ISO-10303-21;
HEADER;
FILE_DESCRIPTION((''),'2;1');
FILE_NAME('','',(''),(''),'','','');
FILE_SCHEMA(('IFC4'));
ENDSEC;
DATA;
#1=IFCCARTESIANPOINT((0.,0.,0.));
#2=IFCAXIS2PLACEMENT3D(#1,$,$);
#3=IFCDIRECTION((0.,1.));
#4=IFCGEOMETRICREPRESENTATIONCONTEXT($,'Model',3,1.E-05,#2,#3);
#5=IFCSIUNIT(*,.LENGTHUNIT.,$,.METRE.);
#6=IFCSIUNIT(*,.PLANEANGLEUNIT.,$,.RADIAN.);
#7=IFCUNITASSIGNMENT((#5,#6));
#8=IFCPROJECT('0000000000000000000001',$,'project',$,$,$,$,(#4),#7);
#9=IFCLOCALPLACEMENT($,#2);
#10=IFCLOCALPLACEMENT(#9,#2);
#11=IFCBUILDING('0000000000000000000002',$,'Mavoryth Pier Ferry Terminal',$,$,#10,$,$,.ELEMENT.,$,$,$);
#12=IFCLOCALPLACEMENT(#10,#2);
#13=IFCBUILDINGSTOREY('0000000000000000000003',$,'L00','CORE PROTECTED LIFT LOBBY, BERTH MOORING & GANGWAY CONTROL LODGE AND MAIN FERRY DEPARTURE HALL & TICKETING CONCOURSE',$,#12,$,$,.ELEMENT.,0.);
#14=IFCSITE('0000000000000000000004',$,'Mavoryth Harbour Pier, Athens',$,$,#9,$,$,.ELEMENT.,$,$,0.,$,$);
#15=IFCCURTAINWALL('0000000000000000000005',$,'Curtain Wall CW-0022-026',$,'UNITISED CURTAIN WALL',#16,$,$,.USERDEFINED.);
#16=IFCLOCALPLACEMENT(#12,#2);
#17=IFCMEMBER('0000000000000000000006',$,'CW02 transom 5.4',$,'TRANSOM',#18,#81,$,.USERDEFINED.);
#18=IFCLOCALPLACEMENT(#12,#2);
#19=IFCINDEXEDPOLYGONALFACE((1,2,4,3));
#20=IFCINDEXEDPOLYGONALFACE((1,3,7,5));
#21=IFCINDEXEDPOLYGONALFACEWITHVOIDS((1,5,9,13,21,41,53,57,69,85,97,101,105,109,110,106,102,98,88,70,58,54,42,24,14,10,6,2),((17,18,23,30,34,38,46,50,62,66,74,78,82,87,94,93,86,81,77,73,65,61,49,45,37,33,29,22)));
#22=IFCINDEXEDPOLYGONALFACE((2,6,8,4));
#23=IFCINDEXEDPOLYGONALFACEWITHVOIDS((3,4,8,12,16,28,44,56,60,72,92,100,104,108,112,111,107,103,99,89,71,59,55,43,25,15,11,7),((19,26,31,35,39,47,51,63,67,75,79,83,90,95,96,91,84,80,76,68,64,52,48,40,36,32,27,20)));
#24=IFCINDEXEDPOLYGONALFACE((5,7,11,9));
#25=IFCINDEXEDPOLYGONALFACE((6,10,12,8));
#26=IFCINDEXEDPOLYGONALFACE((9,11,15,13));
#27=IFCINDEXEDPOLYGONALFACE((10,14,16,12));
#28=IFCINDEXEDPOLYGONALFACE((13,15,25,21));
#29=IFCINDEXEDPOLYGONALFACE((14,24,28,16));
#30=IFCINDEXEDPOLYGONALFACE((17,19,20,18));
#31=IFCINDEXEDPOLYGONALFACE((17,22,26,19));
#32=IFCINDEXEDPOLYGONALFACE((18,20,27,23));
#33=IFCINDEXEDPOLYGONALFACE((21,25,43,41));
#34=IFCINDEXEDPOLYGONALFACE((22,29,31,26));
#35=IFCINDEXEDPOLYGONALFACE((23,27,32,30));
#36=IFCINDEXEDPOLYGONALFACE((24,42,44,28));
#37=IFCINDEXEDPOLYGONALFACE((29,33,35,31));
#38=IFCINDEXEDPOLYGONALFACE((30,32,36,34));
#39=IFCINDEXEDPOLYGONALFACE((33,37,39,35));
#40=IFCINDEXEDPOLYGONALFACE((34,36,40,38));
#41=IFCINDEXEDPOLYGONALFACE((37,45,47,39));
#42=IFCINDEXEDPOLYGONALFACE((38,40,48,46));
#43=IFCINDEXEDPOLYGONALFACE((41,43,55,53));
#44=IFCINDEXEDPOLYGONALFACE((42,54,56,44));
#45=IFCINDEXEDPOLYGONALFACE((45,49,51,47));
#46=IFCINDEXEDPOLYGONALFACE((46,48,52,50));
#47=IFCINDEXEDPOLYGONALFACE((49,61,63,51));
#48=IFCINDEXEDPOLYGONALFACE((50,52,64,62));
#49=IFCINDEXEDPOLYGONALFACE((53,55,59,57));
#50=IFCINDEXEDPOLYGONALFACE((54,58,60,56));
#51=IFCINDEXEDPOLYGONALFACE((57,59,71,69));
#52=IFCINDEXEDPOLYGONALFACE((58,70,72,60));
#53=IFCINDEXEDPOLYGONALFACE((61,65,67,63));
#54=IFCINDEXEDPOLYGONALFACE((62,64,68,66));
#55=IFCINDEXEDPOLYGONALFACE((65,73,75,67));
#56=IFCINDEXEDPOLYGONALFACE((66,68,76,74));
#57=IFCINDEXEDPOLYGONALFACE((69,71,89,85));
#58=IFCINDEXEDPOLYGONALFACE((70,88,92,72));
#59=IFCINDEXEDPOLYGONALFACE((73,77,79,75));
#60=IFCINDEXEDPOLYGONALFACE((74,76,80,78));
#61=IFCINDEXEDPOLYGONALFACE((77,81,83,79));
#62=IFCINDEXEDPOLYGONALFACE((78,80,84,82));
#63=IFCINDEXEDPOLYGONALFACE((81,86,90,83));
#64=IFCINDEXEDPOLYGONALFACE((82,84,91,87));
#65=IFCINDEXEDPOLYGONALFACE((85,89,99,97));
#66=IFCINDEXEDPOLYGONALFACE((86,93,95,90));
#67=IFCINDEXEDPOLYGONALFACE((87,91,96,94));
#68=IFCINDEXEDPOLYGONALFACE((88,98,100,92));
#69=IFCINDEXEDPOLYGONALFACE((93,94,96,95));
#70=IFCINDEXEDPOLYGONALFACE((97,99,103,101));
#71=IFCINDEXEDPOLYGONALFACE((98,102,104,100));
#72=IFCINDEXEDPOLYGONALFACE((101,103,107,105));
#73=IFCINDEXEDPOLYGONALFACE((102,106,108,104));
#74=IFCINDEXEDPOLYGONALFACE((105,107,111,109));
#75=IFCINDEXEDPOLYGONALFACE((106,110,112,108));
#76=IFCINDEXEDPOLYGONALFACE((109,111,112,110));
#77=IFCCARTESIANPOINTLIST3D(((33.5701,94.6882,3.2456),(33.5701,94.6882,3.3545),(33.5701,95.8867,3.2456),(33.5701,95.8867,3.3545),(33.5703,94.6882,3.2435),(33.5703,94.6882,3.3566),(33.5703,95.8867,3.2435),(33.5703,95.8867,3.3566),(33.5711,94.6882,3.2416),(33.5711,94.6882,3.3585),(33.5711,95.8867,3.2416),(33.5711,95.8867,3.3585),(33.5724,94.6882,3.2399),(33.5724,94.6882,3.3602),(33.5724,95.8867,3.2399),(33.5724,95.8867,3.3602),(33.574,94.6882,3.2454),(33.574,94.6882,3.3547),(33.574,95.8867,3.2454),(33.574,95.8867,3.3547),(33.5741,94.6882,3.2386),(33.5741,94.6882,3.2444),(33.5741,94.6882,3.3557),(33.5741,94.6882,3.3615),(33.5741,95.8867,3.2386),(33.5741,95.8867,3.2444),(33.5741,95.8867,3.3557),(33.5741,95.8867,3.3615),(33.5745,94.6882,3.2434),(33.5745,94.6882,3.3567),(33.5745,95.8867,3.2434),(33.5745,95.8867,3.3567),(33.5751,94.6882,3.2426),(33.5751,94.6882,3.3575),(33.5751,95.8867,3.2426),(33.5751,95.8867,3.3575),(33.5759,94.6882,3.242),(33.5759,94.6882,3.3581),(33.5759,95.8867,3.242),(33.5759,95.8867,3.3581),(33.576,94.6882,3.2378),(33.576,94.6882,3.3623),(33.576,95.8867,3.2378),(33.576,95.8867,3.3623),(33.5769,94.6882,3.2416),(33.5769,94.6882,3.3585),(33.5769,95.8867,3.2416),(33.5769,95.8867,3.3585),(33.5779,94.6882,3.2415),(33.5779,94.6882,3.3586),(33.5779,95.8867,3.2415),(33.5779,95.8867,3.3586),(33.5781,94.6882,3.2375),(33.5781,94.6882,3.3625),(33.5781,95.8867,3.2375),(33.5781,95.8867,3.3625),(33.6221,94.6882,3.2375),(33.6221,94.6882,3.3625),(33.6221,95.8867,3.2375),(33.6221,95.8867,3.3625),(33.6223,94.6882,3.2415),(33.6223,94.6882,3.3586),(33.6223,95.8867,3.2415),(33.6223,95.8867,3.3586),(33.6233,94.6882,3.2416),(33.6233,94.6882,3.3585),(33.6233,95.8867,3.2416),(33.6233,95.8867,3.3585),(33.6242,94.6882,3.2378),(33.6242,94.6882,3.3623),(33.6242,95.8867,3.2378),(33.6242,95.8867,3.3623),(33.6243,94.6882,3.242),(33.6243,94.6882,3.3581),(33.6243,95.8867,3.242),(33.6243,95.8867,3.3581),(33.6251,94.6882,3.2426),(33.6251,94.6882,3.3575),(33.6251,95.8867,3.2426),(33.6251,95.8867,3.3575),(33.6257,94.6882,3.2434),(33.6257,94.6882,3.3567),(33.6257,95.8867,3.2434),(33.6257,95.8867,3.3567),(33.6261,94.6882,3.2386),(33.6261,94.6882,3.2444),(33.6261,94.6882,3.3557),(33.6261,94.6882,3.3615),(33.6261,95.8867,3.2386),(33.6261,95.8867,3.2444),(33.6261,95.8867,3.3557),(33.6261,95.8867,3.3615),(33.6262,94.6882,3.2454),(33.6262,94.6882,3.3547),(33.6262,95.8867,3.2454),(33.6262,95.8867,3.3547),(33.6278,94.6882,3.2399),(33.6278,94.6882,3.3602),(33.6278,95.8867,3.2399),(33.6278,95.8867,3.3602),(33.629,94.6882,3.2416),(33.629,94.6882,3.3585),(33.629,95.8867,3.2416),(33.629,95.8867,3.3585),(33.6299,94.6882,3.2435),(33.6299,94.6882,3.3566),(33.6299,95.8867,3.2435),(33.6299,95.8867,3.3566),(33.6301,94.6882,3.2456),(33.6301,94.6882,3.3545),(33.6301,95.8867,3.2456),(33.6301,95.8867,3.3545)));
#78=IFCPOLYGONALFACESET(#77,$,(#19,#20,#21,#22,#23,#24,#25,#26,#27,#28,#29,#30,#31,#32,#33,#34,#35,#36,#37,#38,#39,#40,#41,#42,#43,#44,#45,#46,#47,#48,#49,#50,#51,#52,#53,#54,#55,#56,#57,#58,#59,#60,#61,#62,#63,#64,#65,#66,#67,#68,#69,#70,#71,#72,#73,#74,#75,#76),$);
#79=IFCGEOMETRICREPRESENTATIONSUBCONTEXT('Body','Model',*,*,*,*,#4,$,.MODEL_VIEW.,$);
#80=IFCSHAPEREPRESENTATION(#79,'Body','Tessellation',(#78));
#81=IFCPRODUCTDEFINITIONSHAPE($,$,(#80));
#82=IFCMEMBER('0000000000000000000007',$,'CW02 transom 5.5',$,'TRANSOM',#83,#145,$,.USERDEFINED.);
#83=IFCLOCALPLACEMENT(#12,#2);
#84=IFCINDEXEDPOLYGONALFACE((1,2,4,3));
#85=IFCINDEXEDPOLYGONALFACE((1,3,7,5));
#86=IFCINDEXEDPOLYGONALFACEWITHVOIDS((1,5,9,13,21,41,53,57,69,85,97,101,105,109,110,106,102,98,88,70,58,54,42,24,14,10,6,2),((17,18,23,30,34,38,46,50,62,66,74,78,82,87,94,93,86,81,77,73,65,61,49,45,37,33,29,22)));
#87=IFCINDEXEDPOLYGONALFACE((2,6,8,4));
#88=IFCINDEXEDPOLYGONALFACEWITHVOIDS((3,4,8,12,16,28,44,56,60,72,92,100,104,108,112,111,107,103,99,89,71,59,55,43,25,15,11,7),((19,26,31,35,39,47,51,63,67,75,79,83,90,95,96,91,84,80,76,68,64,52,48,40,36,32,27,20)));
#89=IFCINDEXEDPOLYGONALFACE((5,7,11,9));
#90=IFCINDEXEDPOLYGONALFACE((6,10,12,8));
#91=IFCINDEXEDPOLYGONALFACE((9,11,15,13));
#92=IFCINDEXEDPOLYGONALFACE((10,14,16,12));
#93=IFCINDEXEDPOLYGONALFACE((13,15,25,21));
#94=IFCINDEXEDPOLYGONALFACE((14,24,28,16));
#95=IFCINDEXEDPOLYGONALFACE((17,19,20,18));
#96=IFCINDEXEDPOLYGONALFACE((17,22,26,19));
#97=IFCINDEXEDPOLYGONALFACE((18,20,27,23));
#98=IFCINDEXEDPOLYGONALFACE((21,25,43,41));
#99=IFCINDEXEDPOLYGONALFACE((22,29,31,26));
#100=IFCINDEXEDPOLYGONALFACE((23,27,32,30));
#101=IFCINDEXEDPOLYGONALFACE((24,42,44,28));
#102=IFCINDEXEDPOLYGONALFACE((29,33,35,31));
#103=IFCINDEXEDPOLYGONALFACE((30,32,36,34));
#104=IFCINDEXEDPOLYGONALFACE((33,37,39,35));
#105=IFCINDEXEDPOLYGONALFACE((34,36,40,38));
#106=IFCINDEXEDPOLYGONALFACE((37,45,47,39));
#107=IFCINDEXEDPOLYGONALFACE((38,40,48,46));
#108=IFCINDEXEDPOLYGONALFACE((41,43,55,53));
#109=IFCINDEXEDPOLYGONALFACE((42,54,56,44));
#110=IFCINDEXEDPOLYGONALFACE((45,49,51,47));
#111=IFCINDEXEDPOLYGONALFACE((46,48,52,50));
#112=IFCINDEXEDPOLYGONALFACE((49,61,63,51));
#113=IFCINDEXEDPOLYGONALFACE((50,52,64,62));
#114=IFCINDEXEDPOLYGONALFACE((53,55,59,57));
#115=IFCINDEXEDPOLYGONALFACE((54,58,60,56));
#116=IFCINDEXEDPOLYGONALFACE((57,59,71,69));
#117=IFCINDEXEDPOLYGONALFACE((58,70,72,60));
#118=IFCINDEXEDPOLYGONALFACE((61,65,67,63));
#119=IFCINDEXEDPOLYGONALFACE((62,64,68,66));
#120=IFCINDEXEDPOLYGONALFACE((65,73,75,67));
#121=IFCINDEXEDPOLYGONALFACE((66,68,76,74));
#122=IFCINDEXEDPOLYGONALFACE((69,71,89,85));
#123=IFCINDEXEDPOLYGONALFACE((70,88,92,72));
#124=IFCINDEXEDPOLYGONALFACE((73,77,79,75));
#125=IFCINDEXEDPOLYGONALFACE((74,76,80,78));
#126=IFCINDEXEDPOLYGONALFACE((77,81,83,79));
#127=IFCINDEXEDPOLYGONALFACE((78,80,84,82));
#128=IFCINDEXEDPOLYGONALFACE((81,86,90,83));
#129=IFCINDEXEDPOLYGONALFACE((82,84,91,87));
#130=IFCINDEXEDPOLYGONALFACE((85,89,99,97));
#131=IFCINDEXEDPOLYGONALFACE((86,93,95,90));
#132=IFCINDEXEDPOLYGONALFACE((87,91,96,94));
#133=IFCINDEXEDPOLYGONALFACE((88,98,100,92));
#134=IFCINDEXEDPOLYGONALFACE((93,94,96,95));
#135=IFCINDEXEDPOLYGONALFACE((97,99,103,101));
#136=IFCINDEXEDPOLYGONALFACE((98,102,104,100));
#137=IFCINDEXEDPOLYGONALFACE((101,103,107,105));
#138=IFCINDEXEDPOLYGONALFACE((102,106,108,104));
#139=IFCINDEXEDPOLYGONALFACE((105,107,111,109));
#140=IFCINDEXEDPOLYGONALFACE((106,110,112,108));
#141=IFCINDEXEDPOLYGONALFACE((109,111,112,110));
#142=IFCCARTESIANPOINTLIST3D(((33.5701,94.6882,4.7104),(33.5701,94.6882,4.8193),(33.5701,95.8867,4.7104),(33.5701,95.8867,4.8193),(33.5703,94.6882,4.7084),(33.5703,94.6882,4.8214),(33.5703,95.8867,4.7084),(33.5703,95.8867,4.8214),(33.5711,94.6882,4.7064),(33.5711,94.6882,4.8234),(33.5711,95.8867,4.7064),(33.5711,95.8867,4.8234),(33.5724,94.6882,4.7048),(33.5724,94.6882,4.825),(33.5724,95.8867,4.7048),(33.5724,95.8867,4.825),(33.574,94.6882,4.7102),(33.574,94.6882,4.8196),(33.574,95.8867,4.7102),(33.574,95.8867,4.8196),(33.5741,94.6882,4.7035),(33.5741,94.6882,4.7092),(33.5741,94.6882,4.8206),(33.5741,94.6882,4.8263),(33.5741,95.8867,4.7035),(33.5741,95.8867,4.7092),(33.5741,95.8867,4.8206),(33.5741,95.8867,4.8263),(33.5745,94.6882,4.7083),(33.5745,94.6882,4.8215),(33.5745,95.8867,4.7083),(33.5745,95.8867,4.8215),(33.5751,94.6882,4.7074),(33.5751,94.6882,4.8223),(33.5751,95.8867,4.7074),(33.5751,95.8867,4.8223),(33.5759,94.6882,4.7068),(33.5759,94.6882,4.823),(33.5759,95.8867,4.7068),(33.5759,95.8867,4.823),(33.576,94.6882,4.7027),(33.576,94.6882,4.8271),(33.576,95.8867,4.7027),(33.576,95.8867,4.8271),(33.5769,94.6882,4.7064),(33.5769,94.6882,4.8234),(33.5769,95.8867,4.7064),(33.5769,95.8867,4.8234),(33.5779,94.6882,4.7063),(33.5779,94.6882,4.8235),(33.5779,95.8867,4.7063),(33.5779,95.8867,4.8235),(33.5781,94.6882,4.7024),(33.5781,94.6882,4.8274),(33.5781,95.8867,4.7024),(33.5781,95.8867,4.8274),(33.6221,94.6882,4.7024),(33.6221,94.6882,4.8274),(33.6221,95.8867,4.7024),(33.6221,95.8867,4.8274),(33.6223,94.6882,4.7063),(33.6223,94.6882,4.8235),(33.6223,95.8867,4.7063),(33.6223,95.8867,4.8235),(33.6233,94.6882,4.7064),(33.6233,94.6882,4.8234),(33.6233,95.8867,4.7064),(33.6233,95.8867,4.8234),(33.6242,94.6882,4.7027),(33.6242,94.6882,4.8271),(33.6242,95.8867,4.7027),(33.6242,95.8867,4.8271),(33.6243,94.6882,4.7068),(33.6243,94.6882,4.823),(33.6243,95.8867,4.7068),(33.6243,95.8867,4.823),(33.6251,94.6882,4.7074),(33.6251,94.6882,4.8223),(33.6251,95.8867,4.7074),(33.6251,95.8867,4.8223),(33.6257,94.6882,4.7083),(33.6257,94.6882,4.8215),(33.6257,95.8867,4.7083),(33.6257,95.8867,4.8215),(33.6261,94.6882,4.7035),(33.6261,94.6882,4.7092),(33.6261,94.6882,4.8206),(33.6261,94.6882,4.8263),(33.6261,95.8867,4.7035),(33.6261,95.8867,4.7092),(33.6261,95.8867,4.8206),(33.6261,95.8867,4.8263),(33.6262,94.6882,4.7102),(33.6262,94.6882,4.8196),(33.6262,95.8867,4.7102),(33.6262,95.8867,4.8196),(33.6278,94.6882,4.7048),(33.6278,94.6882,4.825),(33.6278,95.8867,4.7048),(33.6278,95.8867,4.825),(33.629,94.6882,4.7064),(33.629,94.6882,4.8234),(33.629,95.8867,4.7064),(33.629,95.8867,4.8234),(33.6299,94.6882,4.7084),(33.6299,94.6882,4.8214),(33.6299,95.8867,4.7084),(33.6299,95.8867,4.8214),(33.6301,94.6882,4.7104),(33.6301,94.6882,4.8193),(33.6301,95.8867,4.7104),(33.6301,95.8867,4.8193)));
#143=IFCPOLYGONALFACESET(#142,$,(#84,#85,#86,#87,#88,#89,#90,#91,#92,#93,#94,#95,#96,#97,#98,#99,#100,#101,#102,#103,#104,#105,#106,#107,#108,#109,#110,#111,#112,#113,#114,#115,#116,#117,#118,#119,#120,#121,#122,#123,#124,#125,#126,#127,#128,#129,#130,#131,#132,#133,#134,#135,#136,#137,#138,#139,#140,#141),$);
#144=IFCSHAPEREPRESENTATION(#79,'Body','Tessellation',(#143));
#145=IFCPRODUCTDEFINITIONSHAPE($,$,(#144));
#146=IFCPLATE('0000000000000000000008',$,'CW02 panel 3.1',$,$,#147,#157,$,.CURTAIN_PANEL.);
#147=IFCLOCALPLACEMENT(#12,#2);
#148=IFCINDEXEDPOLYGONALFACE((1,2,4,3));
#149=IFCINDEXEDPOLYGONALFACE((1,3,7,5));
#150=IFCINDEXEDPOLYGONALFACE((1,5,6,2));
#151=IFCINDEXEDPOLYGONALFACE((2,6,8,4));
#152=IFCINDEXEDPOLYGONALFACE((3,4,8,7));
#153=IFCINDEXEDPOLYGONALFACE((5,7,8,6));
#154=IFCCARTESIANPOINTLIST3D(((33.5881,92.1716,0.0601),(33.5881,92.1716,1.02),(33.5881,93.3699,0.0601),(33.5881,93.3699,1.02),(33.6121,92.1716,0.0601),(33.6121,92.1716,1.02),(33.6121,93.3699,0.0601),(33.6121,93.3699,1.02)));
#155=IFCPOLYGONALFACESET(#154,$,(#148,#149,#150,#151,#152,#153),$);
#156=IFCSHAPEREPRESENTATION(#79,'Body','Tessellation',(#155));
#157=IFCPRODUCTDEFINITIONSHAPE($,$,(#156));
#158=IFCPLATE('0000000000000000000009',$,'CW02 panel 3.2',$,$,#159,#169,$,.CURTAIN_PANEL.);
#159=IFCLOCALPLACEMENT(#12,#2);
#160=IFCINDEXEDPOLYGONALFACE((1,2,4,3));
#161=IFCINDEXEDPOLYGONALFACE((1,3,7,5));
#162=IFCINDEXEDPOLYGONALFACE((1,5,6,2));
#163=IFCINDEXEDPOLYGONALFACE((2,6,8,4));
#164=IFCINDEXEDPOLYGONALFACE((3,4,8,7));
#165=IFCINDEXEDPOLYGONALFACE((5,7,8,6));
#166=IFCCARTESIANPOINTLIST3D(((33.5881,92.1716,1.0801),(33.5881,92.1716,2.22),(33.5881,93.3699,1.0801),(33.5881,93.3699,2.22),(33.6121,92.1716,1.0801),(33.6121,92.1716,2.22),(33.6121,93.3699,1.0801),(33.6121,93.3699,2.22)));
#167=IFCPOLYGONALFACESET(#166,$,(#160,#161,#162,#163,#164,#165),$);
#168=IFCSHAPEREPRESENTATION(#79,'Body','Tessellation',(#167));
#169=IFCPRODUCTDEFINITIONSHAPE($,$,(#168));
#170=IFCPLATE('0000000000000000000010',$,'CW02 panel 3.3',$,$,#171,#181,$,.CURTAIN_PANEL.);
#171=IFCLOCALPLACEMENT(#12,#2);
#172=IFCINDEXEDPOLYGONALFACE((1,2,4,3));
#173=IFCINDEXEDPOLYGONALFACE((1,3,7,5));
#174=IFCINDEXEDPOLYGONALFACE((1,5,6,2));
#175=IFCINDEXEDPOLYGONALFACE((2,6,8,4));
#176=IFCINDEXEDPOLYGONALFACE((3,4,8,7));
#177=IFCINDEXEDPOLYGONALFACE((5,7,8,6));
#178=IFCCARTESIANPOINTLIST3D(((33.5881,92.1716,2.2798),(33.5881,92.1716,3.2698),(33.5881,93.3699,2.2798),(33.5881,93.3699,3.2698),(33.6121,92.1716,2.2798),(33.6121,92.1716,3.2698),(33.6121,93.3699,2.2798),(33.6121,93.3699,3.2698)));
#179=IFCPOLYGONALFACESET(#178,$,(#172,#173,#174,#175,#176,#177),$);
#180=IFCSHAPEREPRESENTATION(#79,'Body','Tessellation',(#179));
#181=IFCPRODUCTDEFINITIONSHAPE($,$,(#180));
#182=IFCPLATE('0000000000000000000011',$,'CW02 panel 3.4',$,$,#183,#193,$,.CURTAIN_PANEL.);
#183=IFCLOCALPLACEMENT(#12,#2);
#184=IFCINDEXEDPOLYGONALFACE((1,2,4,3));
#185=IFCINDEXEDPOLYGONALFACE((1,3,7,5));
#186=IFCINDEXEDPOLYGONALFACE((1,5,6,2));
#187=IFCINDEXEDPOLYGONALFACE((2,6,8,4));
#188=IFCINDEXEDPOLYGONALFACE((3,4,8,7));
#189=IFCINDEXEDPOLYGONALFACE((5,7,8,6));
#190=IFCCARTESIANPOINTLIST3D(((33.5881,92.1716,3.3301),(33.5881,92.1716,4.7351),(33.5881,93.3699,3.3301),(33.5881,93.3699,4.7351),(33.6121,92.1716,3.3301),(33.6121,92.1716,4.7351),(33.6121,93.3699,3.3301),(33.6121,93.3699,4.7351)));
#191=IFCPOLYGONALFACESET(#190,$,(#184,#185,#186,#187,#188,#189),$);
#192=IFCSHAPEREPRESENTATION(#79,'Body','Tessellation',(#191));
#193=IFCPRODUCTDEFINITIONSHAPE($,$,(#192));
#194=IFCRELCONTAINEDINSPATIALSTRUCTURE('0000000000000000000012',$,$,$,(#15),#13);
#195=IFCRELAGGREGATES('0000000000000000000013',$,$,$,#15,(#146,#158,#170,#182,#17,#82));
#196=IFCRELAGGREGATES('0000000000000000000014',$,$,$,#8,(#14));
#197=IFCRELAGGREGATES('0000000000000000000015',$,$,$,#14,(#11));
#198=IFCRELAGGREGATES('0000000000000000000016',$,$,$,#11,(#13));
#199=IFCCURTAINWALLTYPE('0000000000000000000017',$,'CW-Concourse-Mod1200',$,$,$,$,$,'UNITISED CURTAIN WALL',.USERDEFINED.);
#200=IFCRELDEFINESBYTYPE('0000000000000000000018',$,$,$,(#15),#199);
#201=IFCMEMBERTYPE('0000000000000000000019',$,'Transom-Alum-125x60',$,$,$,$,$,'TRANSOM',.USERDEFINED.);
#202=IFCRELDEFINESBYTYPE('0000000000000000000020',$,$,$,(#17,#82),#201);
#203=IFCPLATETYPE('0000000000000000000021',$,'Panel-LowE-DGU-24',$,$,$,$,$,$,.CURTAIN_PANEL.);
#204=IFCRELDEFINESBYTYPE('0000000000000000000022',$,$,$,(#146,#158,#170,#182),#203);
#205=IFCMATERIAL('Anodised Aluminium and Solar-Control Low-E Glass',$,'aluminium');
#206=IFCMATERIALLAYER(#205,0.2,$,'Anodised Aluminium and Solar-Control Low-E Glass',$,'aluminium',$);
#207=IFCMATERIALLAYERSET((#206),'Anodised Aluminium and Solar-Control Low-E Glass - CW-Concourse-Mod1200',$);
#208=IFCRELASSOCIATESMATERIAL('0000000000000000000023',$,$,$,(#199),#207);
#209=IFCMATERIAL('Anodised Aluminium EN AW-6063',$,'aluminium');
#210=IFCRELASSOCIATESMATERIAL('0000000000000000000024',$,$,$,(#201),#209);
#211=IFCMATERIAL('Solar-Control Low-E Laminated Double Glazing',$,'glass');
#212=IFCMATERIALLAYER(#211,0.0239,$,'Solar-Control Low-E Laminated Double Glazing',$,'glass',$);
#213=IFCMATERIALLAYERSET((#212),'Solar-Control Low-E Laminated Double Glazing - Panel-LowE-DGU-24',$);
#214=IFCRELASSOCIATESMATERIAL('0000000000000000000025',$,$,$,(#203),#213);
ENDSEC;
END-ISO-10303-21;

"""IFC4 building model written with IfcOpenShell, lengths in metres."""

from ifc_helpers import new_model, si_unit, direction, frame, origin, origin_2d, place, context, subcontext, project, spatial, rectangle, hollow_rectangle, extrude, material, layer, layer_set, material_profile, profile_set, type_object, element, aggregate, save


model = new_model("IFC4")

# Units and contexts
model_context = context("Model", 3, precision=1e-05, world=origin(), true_north=direction((0.0, 1.0)))
body_context = subcontext(model_context, "Body", "Model", "MODEL_VIEW")
ifc_project = project(units=[si_unit("LENGTHUNIT", "METRE"), si_unit("PLANEANGLEUNIT", "RADIAN")], contexts=[model_context])

# Site, building, storey
site_placement = place(None, origin())
site = spatial("IfcSite", under=ifc_project, at=site_placement, Name="Mavoryth Harbour Pier, Athens", CompositionType="ELEMENT", RefElevation=0.0)
building_placement = place(site_placement, origin())
building = spatial("IfcBuilding", under=site, at=building_placement, Name="Mavoryth Pier Ferry Terminal", CompositionType="ELEMENT")
storey_placement = place(building_placement, origin())
storey = spatial("IfcBuildingStorey", under=building, at=storey_placement, Name="L00", Description="CORE PROTECTED LIFT LOBBY, BERTH MOORING & GANGWAY CONTROL LODGE AND MAIN FERRY DEPARTURE HALL & TICKETING CONCOURSE", CompositionType="ELEMENT", Elevation=0.0)

# Curtain wall, members, plates
ifc_material_1 = material(Name="Anodised Aluminium and Solar-Control Low-E Glass", Category="aluminium")
ifc_layer_1 = layer(ifc_material_1, 0.2, Name="Anodised Aluminium and Solar-Control Low-E Glass", Category="aluminium")
ifc_layer_set_1 = layer_set([ifc_layer_1], Name="Anodised Aluminium and Solar-Control Low-E Glass - CW-Concourse-Mod1200")
curtain_wall_type = type_object("IfcCurtainWallType", Name="CW-Concourse-Mod1200", ElementType="UNITISED CURTAIN WALL", PredefinedType="USERDEFINED", material=ifc_layer_set_1)
curtain_wall_placement = place(storey_placement, origin())
curtain_wall = element("IfcCurtainWall", 1, at=curtain_wall_placement, inside=storey, type_object=curtain_wall_type, Name="Curtain Wall CW-0022-026", ObjectType="UNITISED CURTAIN WALL", PredefinedType="USERDEFINED")
ifc_material_2 = material(Name="Anodised Aluminium EN AW-6063", Category="aluminium")
ifc_material_profile_1 = material_profile(ifc_material_2, hollow_rectangle(XDim=0.0601, YDim=0.125, WallThickness=0.0039, InnerFilletRadius=0.0039, OuterFilletRadius=0.0081, at=origin_2d()), Name="AL-TRAN 125x60x4", Category="aluminium")
ifc_profile_set_1 = profile_set([ifc_material_profile_1], Name="Anodised Aluminium EN AW-6063 - AL-TRAN 125x60x4")
member_type_1 = type_object("IfcMemberType", Name="Transom-Alum-125x60", ElementType="TRANSOM", PredefinedType="USERDEFINED", material=ifc_profile_set_1)
member_1_placement = place(storey_placement, frame((33.6001, 94.6882, 3.3), z_axis=(0.0, 1.0, 0.0), x_axis=(-1.0, 0.0, 0.0)))
member_1 = element("IfcMember", 2, at=member_1_placement, type_object=member_type_1, Name="CW02 transom 5.4", ObjectType="TRANSOM", PredefinedType="USERDEFINED", context=body_context, shape_type="SweptSolid", body=[
    extrude(hollow_rectangle(XDim=0.0601, YDim=0.125, WallThickness=0.0039, InnerFilletRadius=0.0039, OuterFilletRadius=0.0081, at=origin_2d()), origin(), (0.0, 0.0, 1.0), 1.1985),
])
member_2_placement = place(storey_placement, frame((33.6001, 94.6882, 4.7649), z_axis=(0.0, 1.0, 0.0), x_axis=(-1.0, 0.0, 0.0)))
member_2 = element("IfcMember", 3, at=member_2_placement, type_object=member_type_1, Name="CW02 transom 5.5", ObjectType="TRANSOM", PredefinedType="USERDEFINED", context=body_context, shape_type="SweptSolid", body=[
    extrude(hollow_rectangle(XDim=0.0601, YDim=0.125, WallThickness=0.0039, InnerFilletRadius=0.0039, OuterFilletRadius=0.0081, at=origin_2d()), origin(), (0.0, 0.0, 1.0), 1.1985),
])
ifc_material_3 = material(Name="Solar-Control Low-E Laminated Double Glazing", Category="glass")
ifc_layer_2 = layer(ifc_material_3, 0.0239, Name="Solar-Control Low-E Laminated Double Glazing", Category="glass")
ifc_layer_set_2 = layer_set([ifc_layer_2], Name="Solar-Control Low-E Laminated Double Glazing - Panel-LowE-DGU-24")
plate_type = type_object("IfcPlateType", Name="Panel-LowE-DGU-24", PredefinedType="CURTAIN_PANEL", material=ifc_layer_set_2)
plate_1_placement = place(storey_placement, frame((33.6001, 92.7708, 0.0601), z_axis=(0.0, 0.0, 1.0), x_axis=(0.0, 1.0, 0.0)))
plate_1 = element("IfcPlate", 4, at=plate_1_placement, type_object=plate_type, Name="CW02 panel 3.1", PredefinedType="CURTAIN_PANEL", context=body_context, shape_type="SweptSolid", body=[
    extrude(rectangle(XDim=1.1982, YDim=0.0239, at=origin_2d()), origin(), (0.0, 0.0, 1.0), 0.96),
])
plate_2_placement = place(storey_placement, frame((33.6001, 92.7708, 1.0801), z_axis=(0.0, 0.0, 1.0), x_axis=(0.0, 1.0, 0.0)))
plate_2 = element("IfcPlate", 5, at=plate_2_placement, type_object=plate_type, Name="CW02 panel 3.2", PredefinedType="CURTAIN_PANEL", context=body_context, shape_type="SweptSolid", body=[
    extrude(rectangle(XDim=1.1982, YDim=0.0239, at=origin_2d()), origin(), (0.0, 0.0, 1.0), 1.1399),
])
plate_3_placement = place(storey_placement, frame((33.6001, 92.7708, 2.2798), z_axis=(0.0, 0.0, 1.0), x_axis=(0.0, 1.0, 0.0)))
plate_3 = element("IfcPlate", 6, at=plate_3_placement, type_object=plate_type, Name="CW02 panel 3.3", PredefinedType="CURTAIN_PANEL", context=body_context, shape_type="SweptSolid", body=[
    extrude(rectangle(XDim=1.1982, YDim=0.0239, at=origin_2d()), origin(), (0.0, 0.0, 1.0), 0.99),
])
plate_4_placement = place(storey_placement, frame((33.6001, 92.7708, 3.3301), z_axis=(0.0, 0.0, 1.0), x_axis=(0.0, 1.0, 0.0)))
plate_4 = element("IfcPlate", 7, at=plate_4_placement, type_object=plate_type, Name="CW02 panel 3.4", PredefinedType="CURTAIN_PANEL", context=body_context, shape_type="SweptSolid", body=[
    extrude(rectangle(XDim=1.1982, YDim=0.0239, at=origin_2d()), origin(), (0.0, 0.0, 1.0), 1.405),
])
aggregate(curtain_wall, [plate_1, plate_2, plate_3, plate_4, member_1, member_2])

save(model, "model.ifc")
